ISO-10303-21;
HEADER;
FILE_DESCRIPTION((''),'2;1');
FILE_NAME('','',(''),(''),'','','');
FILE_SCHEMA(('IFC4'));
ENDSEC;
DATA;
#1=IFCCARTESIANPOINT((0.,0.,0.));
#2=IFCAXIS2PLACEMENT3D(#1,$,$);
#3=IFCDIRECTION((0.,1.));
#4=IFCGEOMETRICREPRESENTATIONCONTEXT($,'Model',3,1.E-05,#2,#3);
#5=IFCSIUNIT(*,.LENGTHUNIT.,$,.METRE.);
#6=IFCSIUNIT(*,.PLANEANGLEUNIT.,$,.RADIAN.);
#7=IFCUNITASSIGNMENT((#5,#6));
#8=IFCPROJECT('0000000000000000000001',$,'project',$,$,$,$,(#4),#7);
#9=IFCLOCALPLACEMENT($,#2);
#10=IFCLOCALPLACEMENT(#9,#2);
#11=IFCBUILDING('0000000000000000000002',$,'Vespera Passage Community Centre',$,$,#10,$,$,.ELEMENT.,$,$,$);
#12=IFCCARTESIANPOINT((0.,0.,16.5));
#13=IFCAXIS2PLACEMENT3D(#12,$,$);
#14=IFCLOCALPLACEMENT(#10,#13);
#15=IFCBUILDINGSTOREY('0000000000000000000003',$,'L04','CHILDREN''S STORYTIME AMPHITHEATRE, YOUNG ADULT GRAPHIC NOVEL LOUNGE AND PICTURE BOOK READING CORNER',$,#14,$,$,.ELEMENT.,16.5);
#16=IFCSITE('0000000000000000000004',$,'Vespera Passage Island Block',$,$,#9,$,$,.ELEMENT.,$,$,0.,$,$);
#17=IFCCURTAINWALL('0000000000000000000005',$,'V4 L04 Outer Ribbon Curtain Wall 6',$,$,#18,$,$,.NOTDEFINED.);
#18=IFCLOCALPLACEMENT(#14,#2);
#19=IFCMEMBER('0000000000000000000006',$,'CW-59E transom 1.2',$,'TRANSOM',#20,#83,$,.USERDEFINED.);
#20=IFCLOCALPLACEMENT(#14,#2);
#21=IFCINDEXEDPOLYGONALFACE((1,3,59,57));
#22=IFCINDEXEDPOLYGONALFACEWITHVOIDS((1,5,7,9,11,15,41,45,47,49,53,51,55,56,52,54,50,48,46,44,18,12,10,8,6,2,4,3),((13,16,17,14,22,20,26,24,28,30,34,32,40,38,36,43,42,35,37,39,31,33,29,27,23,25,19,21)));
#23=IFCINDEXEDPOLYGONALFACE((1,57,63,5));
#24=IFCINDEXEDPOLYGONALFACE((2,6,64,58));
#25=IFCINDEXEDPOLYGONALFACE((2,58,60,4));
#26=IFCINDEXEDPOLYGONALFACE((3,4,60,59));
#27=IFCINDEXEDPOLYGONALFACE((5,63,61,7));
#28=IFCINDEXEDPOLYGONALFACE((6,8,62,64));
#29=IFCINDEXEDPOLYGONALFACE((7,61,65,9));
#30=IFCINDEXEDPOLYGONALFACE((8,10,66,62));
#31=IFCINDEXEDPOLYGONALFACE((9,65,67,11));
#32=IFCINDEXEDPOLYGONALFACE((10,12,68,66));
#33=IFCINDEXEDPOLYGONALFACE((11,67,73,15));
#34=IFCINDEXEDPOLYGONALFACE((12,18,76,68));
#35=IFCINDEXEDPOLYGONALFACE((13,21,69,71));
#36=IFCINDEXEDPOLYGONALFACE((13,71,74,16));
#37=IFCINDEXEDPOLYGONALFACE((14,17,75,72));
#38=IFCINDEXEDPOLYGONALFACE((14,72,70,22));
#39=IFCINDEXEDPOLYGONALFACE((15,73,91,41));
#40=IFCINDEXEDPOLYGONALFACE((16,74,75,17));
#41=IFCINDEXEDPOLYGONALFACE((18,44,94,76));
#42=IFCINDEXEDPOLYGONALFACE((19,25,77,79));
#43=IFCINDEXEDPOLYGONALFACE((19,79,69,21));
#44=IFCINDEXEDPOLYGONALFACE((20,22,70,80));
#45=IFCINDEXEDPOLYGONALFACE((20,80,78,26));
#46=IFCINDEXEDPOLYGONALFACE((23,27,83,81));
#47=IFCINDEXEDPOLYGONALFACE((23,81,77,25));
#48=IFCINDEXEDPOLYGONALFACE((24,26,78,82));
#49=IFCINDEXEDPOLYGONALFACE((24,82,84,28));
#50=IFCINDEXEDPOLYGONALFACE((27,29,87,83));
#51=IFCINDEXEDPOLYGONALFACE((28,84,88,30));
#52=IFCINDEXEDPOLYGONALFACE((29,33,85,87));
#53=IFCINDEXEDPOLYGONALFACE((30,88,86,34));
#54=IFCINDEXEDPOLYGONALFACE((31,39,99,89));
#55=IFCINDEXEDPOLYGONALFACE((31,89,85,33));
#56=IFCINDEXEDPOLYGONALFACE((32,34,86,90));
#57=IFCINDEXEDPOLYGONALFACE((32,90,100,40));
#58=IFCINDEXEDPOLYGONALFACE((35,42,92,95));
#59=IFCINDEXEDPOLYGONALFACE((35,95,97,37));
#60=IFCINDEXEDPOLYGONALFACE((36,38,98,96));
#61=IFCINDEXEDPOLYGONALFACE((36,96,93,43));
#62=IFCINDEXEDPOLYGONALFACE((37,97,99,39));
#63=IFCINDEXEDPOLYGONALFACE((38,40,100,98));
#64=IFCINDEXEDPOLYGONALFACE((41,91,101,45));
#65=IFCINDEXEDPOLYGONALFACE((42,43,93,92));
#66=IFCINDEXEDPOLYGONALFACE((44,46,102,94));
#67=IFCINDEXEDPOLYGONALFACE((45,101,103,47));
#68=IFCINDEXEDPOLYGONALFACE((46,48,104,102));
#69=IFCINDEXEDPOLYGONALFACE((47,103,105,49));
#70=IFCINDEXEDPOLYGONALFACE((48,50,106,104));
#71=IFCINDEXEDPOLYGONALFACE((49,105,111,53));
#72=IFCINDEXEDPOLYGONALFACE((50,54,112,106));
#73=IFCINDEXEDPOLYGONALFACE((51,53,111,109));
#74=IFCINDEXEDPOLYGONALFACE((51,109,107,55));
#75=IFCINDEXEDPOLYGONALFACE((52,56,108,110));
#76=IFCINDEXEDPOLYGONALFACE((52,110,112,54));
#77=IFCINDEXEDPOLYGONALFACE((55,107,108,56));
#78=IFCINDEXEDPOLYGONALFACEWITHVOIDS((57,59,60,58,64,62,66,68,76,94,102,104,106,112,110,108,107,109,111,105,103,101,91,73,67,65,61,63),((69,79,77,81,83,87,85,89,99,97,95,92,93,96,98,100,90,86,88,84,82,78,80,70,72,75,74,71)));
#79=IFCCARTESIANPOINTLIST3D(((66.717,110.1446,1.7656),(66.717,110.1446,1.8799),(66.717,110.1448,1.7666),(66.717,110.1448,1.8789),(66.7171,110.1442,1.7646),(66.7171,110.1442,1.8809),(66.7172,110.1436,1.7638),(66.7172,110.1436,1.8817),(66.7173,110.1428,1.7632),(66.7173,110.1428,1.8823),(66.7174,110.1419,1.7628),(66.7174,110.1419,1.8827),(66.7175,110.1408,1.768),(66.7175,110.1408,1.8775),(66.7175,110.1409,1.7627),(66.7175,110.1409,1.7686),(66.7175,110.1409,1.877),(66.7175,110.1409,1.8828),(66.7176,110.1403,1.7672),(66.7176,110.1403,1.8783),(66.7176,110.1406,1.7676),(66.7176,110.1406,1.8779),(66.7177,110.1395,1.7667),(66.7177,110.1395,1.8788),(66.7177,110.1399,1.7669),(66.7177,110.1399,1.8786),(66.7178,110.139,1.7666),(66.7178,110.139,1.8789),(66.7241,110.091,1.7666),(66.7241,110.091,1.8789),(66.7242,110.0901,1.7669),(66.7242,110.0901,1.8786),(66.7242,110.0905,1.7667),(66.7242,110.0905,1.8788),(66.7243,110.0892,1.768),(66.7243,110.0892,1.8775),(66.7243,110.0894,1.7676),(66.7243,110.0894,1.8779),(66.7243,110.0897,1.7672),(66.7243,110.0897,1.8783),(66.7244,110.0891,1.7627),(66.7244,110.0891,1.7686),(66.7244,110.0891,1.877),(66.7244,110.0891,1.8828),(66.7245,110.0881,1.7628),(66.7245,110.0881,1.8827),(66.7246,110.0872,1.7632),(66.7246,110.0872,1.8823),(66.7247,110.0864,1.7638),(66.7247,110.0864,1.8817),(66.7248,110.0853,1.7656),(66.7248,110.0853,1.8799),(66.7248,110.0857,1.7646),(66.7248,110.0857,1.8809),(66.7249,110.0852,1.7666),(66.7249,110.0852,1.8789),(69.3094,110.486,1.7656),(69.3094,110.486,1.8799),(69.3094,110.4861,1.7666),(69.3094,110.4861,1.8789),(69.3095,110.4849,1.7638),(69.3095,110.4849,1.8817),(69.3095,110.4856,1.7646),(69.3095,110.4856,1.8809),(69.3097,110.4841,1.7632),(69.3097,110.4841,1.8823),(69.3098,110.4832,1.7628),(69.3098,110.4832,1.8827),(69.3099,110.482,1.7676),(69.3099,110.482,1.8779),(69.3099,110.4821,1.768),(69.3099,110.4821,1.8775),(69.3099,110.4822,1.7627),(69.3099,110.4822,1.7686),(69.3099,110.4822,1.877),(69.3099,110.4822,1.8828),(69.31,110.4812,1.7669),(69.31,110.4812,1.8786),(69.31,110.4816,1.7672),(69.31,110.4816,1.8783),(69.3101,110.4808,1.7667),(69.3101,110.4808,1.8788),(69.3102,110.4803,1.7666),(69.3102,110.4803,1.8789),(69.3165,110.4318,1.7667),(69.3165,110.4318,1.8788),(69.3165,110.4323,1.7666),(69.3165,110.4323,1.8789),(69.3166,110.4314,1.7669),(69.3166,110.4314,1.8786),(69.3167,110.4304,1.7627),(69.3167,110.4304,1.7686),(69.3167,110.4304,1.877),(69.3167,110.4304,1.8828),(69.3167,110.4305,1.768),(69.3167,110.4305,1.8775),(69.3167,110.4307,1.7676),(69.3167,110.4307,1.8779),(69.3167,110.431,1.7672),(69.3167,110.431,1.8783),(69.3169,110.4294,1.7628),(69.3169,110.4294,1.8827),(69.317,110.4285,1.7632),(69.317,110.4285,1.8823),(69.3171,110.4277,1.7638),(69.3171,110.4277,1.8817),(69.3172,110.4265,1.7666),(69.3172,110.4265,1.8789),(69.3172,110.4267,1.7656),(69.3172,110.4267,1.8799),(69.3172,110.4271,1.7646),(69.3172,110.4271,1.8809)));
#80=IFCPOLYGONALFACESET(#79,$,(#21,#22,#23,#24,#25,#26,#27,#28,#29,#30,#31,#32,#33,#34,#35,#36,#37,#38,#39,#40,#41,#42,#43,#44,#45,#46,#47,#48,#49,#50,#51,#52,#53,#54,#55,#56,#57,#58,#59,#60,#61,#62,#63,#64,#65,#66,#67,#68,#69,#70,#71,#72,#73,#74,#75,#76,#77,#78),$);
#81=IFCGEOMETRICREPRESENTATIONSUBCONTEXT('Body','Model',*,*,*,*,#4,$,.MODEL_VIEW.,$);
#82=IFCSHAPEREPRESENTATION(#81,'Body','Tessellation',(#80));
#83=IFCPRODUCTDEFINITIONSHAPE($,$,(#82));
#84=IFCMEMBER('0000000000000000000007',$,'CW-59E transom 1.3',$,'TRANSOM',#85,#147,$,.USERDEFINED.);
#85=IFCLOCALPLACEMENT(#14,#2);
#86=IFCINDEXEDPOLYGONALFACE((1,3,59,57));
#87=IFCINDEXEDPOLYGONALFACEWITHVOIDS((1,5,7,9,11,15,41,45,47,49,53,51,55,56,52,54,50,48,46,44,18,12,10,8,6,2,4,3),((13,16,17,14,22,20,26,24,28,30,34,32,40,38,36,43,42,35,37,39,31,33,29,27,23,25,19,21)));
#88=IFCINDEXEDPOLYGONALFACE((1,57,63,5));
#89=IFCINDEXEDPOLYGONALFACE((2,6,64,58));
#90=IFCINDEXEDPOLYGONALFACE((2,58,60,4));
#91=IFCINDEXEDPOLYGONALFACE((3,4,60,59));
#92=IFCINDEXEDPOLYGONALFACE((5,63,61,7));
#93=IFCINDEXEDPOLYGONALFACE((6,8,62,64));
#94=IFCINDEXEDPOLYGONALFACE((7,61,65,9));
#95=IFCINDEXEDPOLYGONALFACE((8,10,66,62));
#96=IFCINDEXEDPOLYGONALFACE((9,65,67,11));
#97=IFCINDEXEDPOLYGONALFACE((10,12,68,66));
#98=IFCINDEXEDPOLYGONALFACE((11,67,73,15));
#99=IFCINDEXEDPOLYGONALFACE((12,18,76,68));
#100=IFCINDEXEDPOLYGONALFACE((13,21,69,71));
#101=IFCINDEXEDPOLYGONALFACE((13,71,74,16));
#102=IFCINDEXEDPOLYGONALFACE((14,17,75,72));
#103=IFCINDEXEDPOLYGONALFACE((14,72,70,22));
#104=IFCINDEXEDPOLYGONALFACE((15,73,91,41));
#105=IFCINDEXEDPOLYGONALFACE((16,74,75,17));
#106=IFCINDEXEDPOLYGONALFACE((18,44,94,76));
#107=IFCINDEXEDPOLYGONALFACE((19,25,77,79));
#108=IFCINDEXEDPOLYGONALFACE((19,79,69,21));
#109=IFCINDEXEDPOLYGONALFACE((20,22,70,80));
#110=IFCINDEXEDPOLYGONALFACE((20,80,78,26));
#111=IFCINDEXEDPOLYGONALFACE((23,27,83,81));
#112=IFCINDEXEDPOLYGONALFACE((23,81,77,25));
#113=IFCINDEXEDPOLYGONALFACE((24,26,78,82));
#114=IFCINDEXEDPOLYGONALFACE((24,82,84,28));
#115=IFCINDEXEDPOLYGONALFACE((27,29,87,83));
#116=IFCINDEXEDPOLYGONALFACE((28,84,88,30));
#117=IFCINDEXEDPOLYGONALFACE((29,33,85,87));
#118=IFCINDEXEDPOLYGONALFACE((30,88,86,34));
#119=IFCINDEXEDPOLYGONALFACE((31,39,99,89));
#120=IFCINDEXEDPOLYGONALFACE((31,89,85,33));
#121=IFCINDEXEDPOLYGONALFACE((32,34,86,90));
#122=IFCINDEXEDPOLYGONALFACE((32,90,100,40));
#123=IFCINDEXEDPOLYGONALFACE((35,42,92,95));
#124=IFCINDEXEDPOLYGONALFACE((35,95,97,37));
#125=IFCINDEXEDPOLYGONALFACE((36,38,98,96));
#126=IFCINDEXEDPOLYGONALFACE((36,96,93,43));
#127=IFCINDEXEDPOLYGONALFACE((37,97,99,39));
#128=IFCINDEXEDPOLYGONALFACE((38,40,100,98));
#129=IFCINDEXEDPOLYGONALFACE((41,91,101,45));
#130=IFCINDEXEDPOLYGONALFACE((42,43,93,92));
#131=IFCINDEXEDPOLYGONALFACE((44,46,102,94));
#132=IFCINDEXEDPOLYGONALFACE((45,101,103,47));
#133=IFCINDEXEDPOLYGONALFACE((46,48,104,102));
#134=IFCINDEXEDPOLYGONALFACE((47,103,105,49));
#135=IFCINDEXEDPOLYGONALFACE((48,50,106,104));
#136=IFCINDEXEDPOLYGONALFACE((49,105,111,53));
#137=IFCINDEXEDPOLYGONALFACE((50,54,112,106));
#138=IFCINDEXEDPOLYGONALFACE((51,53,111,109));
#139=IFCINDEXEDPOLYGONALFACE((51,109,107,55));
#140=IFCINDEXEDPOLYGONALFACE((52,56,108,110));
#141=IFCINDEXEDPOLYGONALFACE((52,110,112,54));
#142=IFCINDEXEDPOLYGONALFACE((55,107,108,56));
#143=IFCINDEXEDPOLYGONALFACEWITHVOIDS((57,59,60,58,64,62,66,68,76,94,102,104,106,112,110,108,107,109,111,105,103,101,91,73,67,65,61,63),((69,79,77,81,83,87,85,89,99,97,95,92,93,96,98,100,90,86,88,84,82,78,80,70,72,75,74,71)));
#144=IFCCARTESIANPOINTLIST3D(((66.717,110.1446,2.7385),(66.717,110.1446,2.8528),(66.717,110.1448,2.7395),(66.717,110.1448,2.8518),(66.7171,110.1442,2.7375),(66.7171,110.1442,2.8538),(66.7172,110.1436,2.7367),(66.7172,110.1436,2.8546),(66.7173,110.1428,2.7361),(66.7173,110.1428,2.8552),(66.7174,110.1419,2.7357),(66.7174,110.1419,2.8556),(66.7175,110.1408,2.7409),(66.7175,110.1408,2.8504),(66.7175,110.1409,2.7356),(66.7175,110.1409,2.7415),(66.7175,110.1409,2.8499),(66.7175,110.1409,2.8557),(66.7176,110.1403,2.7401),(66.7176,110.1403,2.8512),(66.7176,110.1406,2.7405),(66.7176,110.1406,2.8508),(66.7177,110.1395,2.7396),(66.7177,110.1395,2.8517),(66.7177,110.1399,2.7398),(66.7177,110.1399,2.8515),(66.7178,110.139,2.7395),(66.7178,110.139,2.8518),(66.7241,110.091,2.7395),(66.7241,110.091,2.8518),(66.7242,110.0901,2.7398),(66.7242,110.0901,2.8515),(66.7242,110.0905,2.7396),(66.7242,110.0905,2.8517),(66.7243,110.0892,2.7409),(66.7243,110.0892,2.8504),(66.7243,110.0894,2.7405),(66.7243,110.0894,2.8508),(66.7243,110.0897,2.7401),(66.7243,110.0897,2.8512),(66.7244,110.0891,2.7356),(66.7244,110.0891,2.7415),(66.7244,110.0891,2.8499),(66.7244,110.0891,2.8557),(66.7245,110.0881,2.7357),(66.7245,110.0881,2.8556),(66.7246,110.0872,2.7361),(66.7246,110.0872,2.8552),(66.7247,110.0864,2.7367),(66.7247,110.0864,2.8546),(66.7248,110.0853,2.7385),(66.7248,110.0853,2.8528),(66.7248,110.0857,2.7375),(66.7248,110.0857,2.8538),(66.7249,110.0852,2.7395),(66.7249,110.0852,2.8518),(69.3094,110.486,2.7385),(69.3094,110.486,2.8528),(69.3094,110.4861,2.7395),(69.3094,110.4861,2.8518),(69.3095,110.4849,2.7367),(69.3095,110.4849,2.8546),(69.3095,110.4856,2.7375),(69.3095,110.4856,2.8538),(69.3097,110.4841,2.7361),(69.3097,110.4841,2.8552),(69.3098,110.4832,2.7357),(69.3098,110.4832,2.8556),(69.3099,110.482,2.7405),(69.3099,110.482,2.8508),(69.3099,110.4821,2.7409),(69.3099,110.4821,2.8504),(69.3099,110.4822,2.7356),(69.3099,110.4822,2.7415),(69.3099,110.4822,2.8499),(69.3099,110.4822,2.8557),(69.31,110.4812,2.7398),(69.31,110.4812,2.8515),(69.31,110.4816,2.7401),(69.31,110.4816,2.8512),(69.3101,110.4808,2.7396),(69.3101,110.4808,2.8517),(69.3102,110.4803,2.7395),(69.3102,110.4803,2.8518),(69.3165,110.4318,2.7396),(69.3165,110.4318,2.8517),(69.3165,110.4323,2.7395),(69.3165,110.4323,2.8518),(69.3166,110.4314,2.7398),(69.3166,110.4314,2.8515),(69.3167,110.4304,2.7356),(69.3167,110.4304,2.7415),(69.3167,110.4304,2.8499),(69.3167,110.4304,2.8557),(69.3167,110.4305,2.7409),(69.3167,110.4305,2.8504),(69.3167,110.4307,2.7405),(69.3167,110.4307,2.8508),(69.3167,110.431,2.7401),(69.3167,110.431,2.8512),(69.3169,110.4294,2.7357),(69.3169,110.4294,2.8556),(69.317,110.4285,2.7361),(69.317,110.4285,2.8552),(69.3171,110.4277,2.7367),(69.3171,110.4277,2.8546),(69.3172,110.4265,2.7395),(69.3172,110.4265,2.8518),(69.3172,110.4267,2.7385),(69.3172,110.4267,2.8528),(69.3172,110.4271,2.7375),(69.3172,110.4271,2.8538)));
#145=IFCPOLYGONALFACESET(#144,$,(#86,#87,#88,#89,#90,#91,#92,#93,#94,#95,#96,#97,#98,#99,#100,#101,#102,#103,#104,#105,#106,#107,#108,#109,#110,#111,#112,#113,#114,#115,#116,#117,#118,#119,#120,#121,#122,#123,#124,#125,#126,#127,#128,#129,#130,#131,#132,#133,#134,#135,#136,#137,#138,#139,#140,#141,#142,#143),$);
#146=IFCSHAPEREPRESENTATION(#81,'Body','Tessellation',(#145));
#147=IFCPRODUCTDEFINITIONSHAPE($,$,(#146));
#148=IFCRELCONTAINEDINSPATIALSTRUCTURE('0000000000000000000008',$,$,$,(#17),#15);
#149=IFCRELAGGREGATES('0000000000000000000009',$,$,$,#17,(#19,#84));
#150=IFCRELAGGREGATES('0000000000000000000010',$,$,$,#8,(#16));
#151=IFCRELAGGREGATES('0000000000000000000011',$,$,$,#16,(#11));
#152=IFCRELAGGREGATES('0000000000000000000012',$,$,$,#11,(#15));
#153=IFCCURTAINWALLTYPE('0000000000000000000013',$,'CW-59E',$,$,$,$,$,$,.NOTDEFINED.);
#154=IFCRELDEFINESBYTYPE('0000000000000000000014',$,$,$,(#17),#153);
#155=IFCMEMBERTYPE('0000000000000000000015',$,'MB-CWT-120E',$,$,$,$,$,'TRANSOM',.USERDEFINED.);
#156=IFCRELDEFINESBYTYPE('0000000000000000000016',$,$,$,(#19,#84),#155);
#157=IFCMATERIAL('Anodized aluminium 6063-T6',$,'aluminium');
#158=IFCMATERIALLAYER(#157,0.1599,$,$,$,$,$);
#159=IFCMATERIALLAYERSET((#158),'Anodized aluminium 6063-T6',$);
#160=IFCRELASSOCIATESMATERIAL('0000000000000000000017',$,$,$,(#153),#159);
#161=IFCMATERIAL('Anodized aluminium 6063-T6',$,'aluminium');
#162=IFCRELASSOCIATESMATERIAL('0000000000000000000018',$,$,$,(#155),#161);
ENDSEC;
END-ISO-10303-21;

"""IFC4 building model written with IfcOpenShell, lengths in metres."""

from ifc_helpers import new_model, si_unit, direction, frame, origin, origin_2d, place, context, subcontext, project, spatial, hollow_rectangle, extrude, material, layer, layer_set, material_profile, profile_set, type_object, element, aggregate, save


model = new_model("IFC4")

# Units and contexts
model_context = context("Model", 3, precision=1e-05, world=origin(), true_north=direction((0.0, 1.0)))
body_context = subcontext(model_context, "Body", "Model", "MODEL_VIEW")
ifc_project = project(units=[si_unit("LENGTHUNIT", "METRE"), si_unit("PLANEANGLEUNIT", "RADIAN")], contexts=[model_context])

# Site, building, storey
site_placement = place(None, origin())
site = spatial("IfcSite", under=ifc_project, at=site_placement, Name="Vespera Passage Island Block", CompositionType="ELEMENT", RefElevation=0.0)
building_placement = place(site_placement, origin())
building = spatial("IfcBuilding", under=site, at=building_placement, Name="Vespera Passage Community Centre", CompositionType="ELEMENT")
storey_placement = place(building_placement, frame((0.0, 0.0, 16.5)))
storey = spatial("IfcBuildingStorey", under=building, at=storey_placement, Name="L04", Description="CHILDREN'S STORYTIME AMPHITHEATRE, YOUNG ADULT GRAPHIC NOVEL LOUNGE AND PICTURE BOOK READING CORNER", CompositionType="ELEMENT", Elevation=16.5)

# Curtain wall
ifc_material_1 = material(Name="Anodized aluminium 6063-T6", Category="aluminium")
ifc_layer_1 = layer(ifc_material_1, 0.1599)
ifc_layer_set_1 = layer_set([ifc_layer_1], Name="Anodized aluminium 6063-T6")
curtain_wall_type_1 = type_object("IfcCurtainWallType", Name="CW-59E", PredefinedType="NOTDEFINED", material=ifc_layer_set_1)
curtain_wall_1_placement = place(storey_placement, origin())
curtain_wall_1 = element("IfcCurtainWall", 1, at=curtain_wall_1_placement, inside=storey, type_object=curtain_wall_type_1, Name="V4 L04 Outer Ribbon Curtain Wall 6", PredefinedType="NOTDEFINED")

# Members
ifc_material_2 = material(Name="Anodized aluminium 6063-T6", Category="aluminium")
ifc_material_profile_1 = material_profile(ifc_material_2, hollow_rectangle(XDim=0.0601, YDim=0.1201, WallThickness=0.0039, InnerFilletRadius=0.002, OuterFilletRadius=0.0039, at=origin_2d()), Name="ALU120X60X4")
ifc_profile_set_1 = profile_set([ifc_material_profile_1], Name="Anodized aluminium 6063-T6")
member_type_1 = type_object("IfcMemberType", Name="MB-CWT-120E", ElementType="TRANSOM", PredefinedType="USERDEFINED", material=ifc_profile_set_1)
member_1_placement = place(storey_placement, frame((66.7209, 110.115, 1.8228), z_axis=(0.991443, 0.130537, 0.0), x_axis=(-0.130537, 0.991443, 0.0)))
member_1 = element("IfcMember", 2, at=member_1_placement, type_object=member_type_1, Name="CW-59E transom 1.2", ObjectType="TRANSOM", PredefinedType="USERDEFINED", context=body_context, shape_type="SweptSolid", body=[
    extrude(hollow_rectangle(XDim=0.0601, YDim=0.1201, WallThickness=0.0039, InnerFilletRadius=0.002, OuterFilletRadius=0.0039, at=origin_2d()), origin(), (0.0, 0.0, 1.0), 2.6147),
])
member_2_placement = place(storey_placement, frame((66.7209, 110.115, 2.7957), z_axis=(0.991443, 0.130537, 0.0), x_axis=(-0.130537, 0.991443, 0.0)))
member_2 = element("IfcMember", 3, at=member_2_placement, type_object=member_type_1, Name="CW-59E transom 1.3", ObjectType="TRANSOM", PredefinedType="USERDEFINED", context=body_context, shape_type="SweptSolid", body=[
    extrude(hollow_rectangle(XDim=0.0601, YDim=0.1201, WallThickness=0.0039, InnerFilletRadius=0.002, OuterFilletRadius=0.0039, at=origin_2d()), origin(), (0.0, 0.0, 1.0), 2.6147),
])

aggregate(curtain_wall_1, [member_1, member_2])

save(model, "model.ifc")
